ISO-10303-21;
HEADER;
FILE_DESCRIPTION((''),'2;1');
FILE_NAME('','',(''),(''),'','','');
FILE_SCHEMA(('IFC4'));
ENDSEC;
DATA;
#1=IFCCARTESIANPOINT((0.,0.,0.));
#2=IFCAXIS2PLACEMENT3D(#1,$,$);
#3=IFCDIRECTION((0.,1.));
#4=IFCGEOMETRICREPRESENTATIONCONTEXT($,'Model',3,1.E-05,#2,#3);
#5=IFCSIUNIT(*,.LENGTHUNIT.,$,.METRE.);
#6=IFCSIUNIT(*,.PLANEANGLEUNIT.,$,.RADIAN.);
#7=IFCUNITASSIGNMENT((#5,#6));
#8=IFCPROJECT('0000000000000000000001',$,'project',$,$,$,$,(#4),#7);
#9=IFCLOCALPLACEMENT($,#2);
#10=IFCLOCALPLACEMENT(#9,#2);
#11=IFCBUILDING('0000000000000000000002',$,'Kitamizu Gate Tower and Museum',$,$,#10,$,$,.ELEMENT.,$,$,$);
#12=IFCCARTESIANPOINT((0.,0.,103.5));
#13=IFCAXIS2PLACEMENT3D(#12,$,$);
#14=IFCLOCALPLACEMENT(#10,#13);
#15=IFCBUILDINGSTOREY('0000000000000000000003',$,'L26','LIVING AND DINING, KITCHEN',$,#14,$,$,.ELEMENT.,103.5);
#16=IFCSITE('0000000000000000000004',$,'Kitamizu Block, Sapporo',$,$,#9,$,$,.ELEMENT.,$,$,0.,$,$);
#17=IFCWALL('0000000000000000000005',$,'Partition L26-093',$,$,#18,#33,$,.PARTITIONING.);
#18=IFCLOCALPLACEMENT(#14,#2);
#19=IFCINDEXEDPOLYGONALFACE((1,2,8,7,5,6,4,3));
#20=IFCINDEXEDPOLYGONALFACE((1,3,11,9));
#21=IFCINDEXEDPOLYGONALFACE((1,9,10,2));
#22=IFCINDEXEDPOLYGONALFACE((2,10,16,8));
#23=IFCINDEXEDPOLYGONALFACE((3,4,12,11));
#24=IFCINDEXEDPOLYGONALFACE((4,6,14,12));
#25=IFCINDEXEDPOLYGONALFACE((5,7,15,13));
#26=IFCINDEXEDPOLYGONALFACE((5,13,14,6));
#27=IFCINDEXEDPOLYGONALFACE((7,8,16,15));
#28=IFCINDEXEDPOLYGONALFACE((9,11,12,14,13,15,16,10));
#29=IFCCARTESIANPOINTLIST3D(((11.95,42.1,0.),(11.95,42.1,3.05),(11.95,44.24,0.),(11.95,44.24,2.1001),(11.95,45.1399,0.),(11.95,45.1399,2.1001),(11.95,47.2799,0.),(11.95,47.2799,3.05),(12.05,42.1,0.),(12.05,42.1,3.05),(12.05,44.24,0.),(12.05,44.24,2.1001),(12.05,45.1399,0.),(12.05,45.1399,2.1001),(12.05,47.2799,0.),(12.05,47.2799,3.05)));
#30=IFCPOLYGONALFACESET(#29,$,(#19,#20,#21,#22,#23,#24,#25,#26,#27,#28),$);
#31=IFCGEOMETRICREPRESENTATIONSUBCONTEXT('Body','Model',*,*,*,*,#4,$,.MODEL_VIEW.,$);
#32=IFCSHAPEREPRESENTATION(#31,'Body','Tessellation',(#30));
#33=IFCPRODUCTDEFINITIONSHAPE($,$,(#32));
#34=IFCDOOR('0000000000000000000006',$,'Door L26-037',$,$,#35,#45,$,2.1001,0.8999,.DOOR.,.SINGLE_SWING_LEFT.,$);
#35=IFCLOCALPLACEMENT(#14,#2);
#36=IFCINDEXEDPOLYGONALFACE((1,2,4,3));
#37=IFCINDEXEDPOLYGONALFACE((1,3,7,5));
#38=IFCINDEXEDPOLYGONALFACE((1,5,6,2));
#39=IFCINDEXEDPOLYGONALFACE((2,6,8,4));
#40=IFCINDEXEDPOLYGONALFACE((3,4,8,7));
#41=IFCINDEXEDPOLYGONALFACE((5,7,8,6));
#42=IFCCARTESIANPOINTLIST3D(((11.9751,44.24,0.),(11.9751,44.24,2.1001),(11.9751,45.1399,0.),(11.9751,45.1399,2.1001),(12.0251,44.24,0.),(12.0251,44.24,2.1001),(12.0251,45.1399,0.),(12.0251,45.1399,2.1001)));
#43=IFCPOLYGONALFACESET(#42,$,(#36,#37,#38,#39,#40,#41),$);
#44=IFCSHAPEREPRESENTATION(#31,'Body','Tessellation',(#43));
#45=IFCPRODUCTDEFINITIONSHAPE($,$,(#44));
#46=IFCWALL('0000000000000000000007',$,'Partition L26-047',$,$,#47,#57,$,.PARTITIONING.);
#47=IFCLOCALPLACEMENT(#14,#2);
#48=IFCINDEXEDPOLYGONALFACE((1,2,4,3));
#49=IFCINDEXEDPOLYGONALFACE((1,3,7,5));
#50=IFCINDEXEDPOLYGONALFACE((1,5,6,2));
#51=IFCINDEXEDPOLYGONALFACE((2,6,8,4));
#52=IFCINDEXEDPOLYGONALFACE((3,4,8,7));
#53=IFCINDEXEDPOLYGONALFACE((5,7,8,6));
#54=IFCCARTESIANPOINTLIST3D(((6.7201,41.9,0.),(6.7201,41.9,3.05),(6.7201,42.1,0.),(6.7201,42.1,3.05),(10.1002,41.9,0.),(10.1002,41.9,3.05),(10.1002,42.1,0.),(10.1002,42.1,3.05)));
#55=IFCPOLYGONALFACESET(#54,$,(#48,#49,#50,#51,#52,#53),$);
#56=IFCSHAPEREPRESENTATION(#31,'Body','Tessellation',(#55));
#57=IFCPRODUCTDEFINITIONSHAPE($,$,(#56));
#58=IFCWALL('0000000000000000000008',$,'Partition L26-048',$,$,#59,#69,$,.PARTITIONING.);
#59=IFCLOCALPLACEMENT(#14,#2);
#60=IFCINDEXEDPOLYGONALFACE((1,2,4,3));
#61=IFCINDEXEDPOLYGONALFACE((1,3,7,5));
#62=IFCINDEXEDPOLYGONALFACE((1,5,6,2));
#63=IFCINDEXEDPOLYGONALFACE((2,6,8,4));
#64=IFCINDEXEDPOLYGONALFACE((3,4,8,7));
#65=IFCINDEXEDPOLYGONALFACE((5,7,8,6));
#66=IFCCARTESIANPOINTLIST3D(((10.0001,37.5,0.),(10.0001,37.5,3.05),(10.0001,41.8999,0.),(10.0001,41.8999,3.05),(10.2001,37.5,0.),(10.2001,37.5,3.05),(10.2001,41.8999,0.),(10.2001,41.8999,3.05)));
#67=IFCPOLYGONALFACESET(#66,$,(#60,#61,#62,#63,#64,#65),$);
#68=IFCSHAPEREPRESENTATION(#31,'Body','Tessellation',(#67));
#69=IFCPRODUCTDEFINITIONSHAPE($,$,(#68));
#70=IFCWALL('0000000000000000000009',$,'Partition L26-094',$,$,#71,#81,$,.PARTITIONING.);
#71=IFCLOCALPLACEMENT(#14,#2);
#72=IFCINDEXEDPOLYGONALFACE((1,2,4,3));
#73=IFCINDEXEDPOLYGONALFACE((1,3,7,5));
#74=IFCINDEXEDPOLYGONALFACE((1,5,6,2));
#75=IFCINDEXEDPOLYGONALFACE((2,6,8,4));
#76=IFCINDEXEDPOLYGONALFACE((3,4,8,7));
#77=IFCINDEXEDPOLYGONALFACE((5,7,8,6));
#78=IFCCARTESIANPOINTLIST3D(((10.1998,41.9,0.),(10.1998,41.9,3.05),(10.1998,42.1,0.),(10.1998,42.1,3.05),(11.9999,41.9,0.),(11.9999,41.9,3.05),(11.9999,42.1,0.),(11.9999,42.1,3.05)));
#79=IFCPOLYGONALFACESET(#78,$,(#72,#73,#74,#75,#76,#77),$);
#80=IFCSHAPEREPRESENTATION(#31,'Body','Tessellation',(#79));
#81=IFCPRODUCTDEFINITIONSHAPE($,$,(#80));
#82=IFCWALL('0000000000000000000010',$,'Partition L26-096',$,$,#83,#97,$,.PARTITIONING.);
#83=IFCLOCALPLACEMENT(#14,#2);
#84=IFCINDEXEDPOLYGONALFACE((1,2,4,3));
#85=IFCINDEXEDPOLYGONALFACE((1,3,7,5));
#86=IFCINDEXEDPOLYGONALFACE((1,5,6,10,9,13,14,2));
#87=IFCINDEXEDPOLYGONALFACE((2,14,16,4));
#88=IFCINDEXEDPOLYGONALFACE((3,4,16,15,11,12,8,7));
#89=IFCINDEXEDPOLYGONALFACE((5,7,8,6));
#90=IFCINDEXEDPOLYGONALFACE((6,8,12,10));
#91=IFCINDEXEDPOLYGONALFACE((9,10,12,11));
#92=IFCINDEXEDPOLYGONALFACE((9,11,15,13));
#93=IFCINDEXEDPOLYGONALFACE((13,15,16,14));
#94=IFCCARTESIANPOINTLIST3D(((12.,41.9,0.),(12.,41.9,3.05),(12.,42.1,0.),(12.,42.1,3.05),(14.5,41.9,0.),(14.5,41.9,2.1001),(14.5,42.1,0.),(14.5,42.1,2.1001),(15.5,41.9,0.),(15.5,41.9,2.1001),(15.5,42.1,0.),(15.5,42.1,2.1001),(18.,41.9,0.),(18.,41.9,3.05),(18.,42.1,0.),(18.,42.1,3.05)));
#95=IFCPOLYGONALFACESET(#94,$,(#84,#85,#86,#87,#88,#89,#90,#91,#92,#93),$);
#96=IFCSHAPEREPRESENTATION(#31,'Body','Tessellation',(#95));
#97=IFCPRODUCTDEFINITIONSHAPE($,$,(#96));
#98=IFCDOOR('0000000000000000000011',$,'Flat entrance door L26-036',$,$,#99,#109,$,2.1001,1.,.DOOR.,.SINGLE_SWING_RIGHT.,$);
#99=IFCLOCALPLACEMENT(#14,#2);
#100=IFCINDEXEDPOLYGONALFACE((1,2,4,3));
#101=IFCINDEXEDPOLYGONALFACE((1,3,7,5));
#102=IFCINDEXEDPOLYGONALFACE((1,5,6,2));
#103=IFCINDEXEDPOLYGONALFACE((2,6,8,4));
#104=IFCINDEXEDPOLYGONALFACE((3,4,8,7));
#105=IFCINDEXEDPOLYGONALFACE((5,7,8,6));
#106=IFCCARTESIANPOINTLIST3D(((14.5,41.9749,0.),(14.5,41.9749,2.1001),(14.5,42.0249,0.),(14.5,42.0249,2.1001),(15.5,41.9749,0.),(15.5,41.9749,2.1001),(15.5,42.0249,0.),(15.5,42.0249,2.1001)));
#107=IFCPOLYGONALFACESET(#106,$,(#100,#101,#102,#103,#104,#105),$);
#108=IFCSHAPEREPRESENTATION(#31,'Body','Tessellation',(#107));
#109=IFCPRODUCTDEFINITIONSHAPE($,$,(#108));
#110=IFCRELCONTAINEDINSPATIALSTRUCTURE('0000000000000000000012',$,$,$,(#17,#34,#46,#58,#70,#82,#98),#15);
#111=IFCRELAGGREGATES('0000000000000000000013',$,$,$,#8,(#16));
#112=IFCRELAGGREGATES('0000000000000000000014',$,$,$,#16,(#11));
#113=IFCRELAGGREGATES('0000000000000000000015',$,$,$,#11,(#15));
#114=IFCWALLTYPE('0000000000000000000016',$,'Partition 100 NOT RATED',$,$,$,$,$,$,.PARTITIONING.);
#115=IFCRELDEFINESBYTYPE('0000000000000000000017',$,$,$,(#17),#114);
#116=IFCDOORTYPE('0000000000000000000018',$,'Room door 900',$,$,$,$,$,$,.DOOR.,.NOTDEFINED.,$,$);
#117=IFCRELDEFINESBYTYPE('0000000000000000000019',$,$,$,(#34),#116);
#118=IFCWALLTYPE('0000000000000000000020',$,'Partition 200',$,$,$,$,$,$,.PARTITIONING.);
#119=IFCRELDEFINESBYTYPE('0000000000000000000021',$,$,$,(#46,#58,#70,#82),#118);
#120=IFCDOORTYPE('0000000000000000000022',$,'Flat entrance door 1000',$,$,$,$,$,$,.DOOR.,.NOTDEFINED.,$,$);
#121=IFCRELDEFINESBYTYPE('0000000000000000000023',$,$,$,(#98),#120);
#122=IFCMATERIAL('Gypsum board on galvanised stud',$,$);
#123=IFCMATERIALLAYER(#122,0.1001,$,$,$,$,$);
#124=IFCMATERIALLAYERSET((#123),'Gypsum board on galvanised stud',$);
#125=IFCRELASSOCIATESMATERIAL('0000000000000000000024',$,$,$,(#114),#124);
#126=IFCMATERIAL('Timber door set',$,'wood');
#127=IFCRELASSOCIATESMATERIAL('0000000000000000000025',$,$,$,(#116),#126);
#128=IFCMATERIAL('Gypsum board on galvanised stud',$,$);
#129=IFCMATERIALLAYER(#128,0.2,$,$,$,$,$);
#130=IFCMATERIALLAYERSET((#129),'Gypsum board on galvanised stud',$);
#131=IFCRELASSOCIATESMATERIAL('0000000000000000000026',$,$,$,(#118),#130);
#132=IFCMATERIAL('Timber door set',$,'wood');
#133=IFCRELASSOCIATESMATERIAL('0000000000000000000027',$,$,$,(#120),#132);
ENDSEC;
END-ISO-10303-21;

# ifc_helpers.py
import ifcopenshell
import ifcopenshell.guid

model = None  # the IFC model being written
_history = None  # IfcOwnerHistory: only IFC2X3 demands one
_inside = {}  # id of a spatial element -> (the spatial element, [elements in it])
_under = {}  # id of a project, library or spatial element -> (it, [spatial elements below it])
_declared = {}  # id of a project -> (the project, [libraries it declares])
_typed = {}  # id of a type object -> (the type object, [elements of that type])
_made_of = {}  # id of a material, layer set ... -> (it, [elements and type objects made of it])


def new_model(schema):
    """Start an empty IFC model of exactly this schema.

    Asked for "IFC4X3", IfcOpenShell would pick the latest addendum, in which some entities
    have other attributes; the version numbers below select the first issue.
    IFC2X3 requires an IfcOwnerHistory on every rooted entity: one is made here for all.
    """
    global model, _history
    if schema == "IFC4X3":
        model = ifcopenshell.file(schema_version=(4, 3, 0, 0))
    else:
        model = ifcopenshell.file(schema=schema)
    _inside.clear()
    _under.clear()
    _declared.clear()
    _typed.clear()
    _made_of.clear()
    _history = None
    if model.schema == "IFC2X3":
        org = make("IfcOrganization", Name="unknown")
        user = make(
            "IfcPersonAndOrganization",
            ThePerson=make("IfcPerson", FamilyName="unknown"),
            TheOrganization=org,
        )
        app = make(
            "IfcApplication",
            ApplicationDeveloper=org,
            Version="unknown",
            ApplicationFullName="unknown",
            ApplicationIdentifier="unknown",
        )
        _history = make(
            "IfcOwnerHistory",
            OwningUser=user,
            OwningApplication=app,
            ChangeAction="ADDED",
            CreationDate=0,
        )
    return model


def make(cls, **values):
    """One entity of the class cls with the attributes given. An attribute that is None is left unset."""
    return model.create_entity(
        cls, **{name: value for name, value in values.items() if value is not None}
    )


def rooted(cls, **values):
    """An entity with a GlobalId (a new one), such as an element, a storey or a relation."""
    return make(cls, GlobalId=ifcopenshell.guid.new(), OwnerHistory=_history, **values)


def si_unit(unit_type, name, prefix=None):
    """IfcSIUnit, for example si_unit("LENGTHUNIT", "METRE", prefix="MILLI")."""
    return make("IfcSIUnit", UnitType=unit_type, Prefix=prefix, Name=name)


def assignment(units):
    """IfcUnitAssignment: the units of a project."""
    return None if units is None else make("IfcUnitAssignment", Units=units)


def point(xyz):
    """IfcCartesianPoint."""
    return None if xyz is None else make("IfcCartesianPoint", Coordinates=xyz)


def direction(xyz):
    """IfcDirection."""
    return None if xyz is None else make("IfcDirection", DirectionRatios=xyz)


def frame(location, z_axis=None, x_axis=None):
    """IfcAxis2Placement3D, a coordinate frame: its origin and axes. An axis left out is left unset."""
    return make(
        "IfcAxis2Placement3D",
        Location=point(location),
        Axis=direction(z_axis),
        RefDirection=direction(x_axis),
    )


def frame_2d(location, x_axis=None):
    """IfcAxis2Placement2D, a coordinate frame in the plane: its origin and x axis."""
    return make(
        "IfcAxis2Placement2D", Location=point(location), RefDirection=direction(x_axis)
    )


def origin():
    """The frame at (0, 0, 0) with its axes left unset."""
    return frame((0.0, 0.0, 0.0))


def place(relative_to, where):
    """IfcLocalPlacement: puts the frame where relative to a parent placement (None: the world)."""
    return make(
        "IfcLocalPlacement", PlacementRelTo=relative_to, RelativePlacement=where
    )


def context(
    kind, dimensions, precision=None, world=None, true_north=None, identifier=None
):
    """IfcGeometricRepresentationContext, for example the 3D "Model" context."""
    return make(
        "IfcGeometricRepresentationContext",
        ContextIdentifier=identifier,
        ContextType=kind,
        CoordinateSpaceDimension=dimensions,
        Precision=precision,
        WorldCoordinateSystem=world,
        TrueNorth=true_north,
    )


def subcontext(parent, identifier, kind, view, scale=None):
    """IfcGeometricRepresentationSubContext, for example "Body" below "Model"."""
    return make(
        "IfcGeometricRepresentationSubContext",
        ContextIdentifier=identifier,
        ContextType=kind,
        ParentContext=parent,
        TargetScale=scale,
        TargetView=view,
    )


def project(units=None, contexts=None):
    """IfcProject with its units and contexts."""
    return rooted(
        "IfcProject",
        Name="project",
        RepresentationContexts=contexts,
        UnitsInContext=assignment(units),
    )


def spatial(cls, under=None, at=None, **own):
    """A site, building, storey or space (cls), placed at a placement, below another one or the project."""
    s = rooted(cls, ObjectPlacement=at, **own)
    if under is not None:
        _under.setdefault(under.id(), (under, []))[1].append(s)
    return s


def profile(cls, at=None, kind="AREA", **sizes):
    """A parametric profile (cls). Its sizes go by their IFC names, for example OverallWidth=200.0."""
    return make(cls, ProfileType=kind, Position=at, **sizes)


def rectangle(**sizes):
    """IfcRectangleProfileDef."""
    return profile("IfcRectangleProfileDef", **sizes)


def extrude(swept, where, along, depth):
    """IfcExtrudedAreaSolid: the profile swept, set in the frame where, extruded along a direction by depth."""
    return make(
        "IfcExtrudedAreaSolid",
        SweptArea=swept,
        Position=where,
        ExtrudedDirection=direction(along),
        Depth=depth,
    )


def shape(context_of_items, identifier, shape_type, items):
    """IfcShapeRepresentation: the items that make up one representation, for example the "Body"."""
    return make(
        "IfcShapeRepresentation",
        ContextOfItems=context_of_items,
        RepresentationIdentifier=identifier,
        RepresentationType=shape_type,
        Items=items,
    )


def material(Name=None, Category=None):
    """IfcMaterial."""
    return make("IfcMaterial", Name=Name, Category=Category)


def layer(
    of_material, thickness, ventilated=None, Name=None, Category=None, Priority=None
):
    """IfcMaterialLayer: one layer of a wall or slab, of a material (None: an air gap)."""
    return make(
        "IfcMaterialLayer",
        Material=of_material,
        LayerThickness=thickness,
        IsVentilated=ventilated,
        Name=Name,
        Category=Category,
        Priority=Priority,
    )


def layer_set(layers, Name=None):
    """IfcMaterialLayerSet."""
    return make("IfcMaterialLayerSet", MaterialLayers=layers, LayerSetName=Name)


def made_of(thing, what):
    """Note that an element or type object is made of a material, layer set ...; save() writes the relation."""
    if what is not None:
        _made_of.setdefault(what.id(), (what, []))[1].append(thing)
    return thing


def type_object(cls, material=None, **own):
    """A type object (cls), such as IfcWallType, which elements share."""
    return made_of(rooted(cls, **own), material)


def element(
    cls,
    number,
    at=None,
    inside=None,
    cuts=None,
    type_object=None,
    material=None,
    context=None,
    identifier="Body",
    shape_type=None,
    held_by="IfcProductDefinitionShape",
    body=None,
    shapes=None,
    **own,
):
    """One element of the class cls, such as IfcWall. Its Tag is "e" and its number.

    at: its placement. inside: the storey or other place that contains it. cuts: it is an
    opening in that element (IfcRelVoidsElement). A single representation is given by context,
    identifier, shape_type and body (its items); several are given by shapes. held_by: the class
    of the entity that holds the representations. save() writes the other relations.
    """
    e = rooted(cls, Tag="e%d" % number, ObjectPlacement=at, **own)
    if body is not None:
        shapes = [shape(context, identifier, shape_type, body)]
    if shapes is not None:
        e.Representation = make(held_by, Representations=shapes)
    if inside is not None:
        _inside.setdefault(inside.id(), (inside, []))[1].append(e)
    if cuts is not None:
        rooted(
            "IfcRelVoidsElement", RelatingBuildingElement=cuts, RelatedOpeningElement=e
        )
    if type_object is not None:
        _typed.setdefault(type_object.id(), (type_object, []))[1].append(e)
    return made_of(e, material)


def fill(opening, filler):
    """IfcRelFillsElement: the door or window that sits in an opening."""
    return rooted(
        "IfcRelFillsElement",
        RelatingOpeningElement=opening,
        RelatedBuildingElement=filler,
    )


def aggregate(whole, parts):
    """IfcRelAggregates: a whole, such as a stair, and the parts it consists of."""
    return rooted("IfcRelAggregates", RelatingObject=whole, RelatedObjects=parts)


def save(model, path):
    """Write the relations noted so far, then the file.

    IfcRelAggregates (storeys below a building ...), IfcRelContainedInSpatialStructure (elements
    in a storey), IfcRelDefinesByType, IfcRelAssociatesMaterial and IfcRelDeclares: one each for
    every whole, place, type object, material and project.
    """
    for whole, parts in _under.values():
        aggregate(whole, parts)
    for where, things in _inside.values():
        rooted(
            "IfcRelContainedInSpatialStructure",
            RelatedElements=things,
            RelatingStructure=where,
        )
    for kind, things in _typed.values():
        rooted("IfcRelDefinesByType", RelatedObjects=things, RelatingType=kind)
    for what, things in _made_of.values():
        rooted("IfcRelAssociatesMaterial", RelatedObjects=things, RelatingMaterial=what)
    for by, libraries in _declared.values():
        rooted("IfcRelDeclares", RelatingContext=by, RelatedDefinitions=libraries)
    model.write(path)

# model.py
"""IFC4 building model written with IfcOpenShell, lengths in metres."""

from ifc_helpers import new_model, si_unit, direction, frame, frame_2d, origin, place, context, subcontext, project, spatial, rectangle, extrude, material, layer, layer_set, type_object, element, fill, save


model = new_model("IFC4")

# Units and contexts
model_context = context("Model", 3, precision=1e-05, world=origin(), true_north=direction((0.0, 1.0)))
body_context = subcontext(model_context, "Body", "Model", "MODEL_VIEW")
ifc_project = project(units=[si_unit("LENGTHUNIT", "METRE"), si_unit("PLANEANGLEUNIT", "RADIAN")], contexts=[model_context])

# Site, building, storey
site_placement = place(None, origin())
site = spatial("IfcSite", under=ifc_project, at=site_placement, Name="Kitamizu Block, Sapporo", CompositionType="ELEMENT", RefElevation=0.0)
building_placement = place(site_placement, origin())
building = spatial("IfcBuilding", under=site, at=building_placement, Name="Kitamizu Gate Tower and Museum", CompositionType="ELEMENT")
storey_placement = place(building_placement, frame((0.0, 0.0, 103.5)))
storey = spatial("IfcBuildingStorey", under=building, at=storey_placement, Name="L26", Description="LIVING AND DINING, KITCHEN", CompositionType="ELEMENT", Elevation=103.5)

# Wall, opening, door
ifc_material_1 = material(Name="Gypsum board on galvanised stud")
ifc_layer_1 = layer(ifc_material_1, 0.1001)
ifc_layer_set_1 = layer_set([ifc_layer_1], Name="Gypsum board on galvanised stud")
wall_type_1 = type_object("IfcWallType", Name="Partition 100 NOT RATED", PredefinedType="PARTITIONING", material=ifc_layer_set_1)
wall_1_placement = place(storey_placement, frame((12.0, 42.1001, 0.0), z_axis=(0.0, 0.0, 1.0), x_axis=(0.0, 1.0, 0.0)))
wall_1 = element("IfcWall", 1, at=wall_1_placement, inside=storey, type_object=wall_type_1, Name="Partition L26-093", PredefinedType="PARTITIONING", context=body_context, shape_type="SweptSolid", body=[
    extrude(rectangle(XDim=5.1799, YDim=0.1001, at=frame_2d((2.5898, 0.0))), origin(), (0.0, 0.0, 1.0), 3.05),
])
opening_1_placement = place(wall_1_placement, frame((2.1399, 0.0, 0.0)))
opening_1 = element("IfcOpeningElement", 2, at=opening_1_placement, cuts=wall_1, PredefinedType="OPENING", context=body_context, shape_type="SweptSolid", body=[
    extrude(rectangle(XDim=0.8999, YDim=2.1001, at=frame_2d((0.45, 1.05))), frame((0.0, 0.0601, 0.0), z_axis=(0.0, -1.0, 0.0), x_axis=(1.0, 0.0, 0.0)), (0.0, 0.0, 1.0), 0.1201),
])
ifc_material_2 = material(Name="Timber door set", Category="wood")
door_type_1 = type_object("IfcDoorType", Name="Room door 900", OperationType="NOTDEFINED", PredefinedType="DOOR", material=ifc_material_2)
door_1_placement = place(opening_1_placement, origin())
door_1 = element("IfcDoor", 3, at=door_1_placement, inside=storey, type_object=door_type_1, Name="Door L26-037", OperationType="SINGLE_SWING_LEFT", OverallHeight=2.1001, OverallWidth=0.8999, PredefinedType="DOOR", context=body_context, shape_type="SweptSolid", body=[
    extrude(rectangle(XDim=0.8999, YDim=2.1001, at=frame_2d((0.45, 1.05))), frame((0.0, 0.0249, 0.0), z_axis=(0.0, -1.0, 0.0), x_axis=(1.0, 0.0, 0.0)), (0.0, 0.0, 1.0), 0.05),
])
fill(opening_1, door_1)

# Walls
ifc_material_3 = material(Name="Gypsum board on galvanised stud")
ifc_layer_2 = layer(ifc_material_3, 0.2)
ifc_layer_set_2 = layer_set([ifc_layer_2], Name="Gypsum board on galvanised stud")
wall_type_2 = type_object("IfcWallType", Name="Partition 200", PredefinedType="PARTITIONING", material=ifc_layer_set_2)
wall_2_placement = place(storey_placement, frame((10.1001, 42.0, 0.0), z_axis=(0.0, 0.0, 1.0), x_axis=(-1.0, 0.0, 0.0)))
element("IfcWall", 4, at=wall_2_placement, inside=storey, type_object=wall_type_2, Name="Partition L26-047", PredefinedType="PARTITIONING", context=body_context, shape_type="SweptSolid", body=[
    extrude(rectangle(XDim=3.3801, YDim=0.2, at=frame_2d((1.6899, 0.0))), origin(), (0.0, 0.0, 1.0), 3.05),
])
wall_3_placement = place(storey_placement, frame((10.1001, 37.5, 0.0), z_axis=(0.0, 0.0, 1.0), x_axis=(0.0, 1.0, 0.0)))
element("IfcWall", 5, at=wall_3_placement, inside=storey, type_object=wall_type_2, Name="Partition L26-048", PredefinedType="PARTITIONING", context=body_context, shape_type="SweptSolid", body=[
    extrude(rectangle(XDim=4.3999, YDim=0.2, at=frame_2d((2.2, 0.0))), origin(), (0.0, 0.0, 1.0), 3.05),
])
wall_4_placement = place(storey_placement, frame((10.2, 42.0, 0.0), z_axis=(0.0, 0.0, 1.0), x_axis=(1.0, 0.0, 0.0)))
element("IfcWall", 6, at=wall_4_placement, inside=storey, type_object=wall_type_2, Name="Partition L26-094", PredefinedType="PARTITIONING", context=body_context, shape_type="SweptSolid", body=[
    extrude(rectangle(XDim=1.8, YDim=0.2, at=frame_2d((0.8999, 0.0))), origin(), (0.0, 0.0, 1.0), 3.05),
])

# Wall, opening, door
wall_5_placement = place(storey_placement, frame((12.0, 42.0, 0.0), z_axis=(0.0, 0.0, 1.0), x_axis=(1.0, 0.0, 0.0)))
wall_5 = element("IfcWall", 7, at=wall_5_placement, inside=storey, type_object=wall_type_2, Name="Partition L26-096", PredefinedType="PARTITIONING", context=body_context, shape_type="SweptSolid", body=[
    extrude(rectangle(XDim=6.0, YDim=0.2, at=frame_2d((3.0, 0.0))), origin(), (0.0, 0.0, 1.0), 3.05),
])
opening_2_placement = place(wall_5_placement, frame((2.5, 0.0, 0.0)))
opening_2 = element("IfcOpeningElement", 8, at=opening_2_placement, cuts=wall_5, PredefinedType="OPENING", context=body_context, shape_type="SweptSolid", body=[
    extrude(rectangle(XDim=1.0, YDim=2.1001, at=frame_2d((0.5, 1.05))), frame((0.0, 0.1099, 0.0), z_axis=(0.0, -1.0, 0.0), x_axis=(1.0, 0.0, 0.0)), (0.0, 0.0, 1.0), 0.22),
])
ifc_material_4 = material(Name="Timber door set", Category="wood")
door_type_2 = type_object("IfcDoorType", Name="Flat entrance door 1000", OperationType="NOTDEFINED", PredefinedType="DOOR", material=ifc_material_4)
door_2_placement = place(opening_2_placement, origin())
door_2 = element("IfcDoor", 9, at=door_2_placement, inside=storey, type_object=door_type_2, Name="Flat entrance door L26-036", OperationType="SINGLE_SWING_RIGHT", OverallHeight=2.1001, OverallWidth=1.0, PredefinedType="DOOR", context=body_context, shape_type="SweptSolid", body=[
    extrude(rectangle(XDim=1.0, YDim=2.1001, at=frame_2d((0.5, 1.05))), frame((0.0, 0.0249, 0.0), z_axis=(0.0, -1.0, 0.0), x_axis=(1.0, 0.0, 0.0)), (0.0, 0.0, 1.0), 0.05),
])
fill(opening_2, door_2)

save(model, "model.ifc")
